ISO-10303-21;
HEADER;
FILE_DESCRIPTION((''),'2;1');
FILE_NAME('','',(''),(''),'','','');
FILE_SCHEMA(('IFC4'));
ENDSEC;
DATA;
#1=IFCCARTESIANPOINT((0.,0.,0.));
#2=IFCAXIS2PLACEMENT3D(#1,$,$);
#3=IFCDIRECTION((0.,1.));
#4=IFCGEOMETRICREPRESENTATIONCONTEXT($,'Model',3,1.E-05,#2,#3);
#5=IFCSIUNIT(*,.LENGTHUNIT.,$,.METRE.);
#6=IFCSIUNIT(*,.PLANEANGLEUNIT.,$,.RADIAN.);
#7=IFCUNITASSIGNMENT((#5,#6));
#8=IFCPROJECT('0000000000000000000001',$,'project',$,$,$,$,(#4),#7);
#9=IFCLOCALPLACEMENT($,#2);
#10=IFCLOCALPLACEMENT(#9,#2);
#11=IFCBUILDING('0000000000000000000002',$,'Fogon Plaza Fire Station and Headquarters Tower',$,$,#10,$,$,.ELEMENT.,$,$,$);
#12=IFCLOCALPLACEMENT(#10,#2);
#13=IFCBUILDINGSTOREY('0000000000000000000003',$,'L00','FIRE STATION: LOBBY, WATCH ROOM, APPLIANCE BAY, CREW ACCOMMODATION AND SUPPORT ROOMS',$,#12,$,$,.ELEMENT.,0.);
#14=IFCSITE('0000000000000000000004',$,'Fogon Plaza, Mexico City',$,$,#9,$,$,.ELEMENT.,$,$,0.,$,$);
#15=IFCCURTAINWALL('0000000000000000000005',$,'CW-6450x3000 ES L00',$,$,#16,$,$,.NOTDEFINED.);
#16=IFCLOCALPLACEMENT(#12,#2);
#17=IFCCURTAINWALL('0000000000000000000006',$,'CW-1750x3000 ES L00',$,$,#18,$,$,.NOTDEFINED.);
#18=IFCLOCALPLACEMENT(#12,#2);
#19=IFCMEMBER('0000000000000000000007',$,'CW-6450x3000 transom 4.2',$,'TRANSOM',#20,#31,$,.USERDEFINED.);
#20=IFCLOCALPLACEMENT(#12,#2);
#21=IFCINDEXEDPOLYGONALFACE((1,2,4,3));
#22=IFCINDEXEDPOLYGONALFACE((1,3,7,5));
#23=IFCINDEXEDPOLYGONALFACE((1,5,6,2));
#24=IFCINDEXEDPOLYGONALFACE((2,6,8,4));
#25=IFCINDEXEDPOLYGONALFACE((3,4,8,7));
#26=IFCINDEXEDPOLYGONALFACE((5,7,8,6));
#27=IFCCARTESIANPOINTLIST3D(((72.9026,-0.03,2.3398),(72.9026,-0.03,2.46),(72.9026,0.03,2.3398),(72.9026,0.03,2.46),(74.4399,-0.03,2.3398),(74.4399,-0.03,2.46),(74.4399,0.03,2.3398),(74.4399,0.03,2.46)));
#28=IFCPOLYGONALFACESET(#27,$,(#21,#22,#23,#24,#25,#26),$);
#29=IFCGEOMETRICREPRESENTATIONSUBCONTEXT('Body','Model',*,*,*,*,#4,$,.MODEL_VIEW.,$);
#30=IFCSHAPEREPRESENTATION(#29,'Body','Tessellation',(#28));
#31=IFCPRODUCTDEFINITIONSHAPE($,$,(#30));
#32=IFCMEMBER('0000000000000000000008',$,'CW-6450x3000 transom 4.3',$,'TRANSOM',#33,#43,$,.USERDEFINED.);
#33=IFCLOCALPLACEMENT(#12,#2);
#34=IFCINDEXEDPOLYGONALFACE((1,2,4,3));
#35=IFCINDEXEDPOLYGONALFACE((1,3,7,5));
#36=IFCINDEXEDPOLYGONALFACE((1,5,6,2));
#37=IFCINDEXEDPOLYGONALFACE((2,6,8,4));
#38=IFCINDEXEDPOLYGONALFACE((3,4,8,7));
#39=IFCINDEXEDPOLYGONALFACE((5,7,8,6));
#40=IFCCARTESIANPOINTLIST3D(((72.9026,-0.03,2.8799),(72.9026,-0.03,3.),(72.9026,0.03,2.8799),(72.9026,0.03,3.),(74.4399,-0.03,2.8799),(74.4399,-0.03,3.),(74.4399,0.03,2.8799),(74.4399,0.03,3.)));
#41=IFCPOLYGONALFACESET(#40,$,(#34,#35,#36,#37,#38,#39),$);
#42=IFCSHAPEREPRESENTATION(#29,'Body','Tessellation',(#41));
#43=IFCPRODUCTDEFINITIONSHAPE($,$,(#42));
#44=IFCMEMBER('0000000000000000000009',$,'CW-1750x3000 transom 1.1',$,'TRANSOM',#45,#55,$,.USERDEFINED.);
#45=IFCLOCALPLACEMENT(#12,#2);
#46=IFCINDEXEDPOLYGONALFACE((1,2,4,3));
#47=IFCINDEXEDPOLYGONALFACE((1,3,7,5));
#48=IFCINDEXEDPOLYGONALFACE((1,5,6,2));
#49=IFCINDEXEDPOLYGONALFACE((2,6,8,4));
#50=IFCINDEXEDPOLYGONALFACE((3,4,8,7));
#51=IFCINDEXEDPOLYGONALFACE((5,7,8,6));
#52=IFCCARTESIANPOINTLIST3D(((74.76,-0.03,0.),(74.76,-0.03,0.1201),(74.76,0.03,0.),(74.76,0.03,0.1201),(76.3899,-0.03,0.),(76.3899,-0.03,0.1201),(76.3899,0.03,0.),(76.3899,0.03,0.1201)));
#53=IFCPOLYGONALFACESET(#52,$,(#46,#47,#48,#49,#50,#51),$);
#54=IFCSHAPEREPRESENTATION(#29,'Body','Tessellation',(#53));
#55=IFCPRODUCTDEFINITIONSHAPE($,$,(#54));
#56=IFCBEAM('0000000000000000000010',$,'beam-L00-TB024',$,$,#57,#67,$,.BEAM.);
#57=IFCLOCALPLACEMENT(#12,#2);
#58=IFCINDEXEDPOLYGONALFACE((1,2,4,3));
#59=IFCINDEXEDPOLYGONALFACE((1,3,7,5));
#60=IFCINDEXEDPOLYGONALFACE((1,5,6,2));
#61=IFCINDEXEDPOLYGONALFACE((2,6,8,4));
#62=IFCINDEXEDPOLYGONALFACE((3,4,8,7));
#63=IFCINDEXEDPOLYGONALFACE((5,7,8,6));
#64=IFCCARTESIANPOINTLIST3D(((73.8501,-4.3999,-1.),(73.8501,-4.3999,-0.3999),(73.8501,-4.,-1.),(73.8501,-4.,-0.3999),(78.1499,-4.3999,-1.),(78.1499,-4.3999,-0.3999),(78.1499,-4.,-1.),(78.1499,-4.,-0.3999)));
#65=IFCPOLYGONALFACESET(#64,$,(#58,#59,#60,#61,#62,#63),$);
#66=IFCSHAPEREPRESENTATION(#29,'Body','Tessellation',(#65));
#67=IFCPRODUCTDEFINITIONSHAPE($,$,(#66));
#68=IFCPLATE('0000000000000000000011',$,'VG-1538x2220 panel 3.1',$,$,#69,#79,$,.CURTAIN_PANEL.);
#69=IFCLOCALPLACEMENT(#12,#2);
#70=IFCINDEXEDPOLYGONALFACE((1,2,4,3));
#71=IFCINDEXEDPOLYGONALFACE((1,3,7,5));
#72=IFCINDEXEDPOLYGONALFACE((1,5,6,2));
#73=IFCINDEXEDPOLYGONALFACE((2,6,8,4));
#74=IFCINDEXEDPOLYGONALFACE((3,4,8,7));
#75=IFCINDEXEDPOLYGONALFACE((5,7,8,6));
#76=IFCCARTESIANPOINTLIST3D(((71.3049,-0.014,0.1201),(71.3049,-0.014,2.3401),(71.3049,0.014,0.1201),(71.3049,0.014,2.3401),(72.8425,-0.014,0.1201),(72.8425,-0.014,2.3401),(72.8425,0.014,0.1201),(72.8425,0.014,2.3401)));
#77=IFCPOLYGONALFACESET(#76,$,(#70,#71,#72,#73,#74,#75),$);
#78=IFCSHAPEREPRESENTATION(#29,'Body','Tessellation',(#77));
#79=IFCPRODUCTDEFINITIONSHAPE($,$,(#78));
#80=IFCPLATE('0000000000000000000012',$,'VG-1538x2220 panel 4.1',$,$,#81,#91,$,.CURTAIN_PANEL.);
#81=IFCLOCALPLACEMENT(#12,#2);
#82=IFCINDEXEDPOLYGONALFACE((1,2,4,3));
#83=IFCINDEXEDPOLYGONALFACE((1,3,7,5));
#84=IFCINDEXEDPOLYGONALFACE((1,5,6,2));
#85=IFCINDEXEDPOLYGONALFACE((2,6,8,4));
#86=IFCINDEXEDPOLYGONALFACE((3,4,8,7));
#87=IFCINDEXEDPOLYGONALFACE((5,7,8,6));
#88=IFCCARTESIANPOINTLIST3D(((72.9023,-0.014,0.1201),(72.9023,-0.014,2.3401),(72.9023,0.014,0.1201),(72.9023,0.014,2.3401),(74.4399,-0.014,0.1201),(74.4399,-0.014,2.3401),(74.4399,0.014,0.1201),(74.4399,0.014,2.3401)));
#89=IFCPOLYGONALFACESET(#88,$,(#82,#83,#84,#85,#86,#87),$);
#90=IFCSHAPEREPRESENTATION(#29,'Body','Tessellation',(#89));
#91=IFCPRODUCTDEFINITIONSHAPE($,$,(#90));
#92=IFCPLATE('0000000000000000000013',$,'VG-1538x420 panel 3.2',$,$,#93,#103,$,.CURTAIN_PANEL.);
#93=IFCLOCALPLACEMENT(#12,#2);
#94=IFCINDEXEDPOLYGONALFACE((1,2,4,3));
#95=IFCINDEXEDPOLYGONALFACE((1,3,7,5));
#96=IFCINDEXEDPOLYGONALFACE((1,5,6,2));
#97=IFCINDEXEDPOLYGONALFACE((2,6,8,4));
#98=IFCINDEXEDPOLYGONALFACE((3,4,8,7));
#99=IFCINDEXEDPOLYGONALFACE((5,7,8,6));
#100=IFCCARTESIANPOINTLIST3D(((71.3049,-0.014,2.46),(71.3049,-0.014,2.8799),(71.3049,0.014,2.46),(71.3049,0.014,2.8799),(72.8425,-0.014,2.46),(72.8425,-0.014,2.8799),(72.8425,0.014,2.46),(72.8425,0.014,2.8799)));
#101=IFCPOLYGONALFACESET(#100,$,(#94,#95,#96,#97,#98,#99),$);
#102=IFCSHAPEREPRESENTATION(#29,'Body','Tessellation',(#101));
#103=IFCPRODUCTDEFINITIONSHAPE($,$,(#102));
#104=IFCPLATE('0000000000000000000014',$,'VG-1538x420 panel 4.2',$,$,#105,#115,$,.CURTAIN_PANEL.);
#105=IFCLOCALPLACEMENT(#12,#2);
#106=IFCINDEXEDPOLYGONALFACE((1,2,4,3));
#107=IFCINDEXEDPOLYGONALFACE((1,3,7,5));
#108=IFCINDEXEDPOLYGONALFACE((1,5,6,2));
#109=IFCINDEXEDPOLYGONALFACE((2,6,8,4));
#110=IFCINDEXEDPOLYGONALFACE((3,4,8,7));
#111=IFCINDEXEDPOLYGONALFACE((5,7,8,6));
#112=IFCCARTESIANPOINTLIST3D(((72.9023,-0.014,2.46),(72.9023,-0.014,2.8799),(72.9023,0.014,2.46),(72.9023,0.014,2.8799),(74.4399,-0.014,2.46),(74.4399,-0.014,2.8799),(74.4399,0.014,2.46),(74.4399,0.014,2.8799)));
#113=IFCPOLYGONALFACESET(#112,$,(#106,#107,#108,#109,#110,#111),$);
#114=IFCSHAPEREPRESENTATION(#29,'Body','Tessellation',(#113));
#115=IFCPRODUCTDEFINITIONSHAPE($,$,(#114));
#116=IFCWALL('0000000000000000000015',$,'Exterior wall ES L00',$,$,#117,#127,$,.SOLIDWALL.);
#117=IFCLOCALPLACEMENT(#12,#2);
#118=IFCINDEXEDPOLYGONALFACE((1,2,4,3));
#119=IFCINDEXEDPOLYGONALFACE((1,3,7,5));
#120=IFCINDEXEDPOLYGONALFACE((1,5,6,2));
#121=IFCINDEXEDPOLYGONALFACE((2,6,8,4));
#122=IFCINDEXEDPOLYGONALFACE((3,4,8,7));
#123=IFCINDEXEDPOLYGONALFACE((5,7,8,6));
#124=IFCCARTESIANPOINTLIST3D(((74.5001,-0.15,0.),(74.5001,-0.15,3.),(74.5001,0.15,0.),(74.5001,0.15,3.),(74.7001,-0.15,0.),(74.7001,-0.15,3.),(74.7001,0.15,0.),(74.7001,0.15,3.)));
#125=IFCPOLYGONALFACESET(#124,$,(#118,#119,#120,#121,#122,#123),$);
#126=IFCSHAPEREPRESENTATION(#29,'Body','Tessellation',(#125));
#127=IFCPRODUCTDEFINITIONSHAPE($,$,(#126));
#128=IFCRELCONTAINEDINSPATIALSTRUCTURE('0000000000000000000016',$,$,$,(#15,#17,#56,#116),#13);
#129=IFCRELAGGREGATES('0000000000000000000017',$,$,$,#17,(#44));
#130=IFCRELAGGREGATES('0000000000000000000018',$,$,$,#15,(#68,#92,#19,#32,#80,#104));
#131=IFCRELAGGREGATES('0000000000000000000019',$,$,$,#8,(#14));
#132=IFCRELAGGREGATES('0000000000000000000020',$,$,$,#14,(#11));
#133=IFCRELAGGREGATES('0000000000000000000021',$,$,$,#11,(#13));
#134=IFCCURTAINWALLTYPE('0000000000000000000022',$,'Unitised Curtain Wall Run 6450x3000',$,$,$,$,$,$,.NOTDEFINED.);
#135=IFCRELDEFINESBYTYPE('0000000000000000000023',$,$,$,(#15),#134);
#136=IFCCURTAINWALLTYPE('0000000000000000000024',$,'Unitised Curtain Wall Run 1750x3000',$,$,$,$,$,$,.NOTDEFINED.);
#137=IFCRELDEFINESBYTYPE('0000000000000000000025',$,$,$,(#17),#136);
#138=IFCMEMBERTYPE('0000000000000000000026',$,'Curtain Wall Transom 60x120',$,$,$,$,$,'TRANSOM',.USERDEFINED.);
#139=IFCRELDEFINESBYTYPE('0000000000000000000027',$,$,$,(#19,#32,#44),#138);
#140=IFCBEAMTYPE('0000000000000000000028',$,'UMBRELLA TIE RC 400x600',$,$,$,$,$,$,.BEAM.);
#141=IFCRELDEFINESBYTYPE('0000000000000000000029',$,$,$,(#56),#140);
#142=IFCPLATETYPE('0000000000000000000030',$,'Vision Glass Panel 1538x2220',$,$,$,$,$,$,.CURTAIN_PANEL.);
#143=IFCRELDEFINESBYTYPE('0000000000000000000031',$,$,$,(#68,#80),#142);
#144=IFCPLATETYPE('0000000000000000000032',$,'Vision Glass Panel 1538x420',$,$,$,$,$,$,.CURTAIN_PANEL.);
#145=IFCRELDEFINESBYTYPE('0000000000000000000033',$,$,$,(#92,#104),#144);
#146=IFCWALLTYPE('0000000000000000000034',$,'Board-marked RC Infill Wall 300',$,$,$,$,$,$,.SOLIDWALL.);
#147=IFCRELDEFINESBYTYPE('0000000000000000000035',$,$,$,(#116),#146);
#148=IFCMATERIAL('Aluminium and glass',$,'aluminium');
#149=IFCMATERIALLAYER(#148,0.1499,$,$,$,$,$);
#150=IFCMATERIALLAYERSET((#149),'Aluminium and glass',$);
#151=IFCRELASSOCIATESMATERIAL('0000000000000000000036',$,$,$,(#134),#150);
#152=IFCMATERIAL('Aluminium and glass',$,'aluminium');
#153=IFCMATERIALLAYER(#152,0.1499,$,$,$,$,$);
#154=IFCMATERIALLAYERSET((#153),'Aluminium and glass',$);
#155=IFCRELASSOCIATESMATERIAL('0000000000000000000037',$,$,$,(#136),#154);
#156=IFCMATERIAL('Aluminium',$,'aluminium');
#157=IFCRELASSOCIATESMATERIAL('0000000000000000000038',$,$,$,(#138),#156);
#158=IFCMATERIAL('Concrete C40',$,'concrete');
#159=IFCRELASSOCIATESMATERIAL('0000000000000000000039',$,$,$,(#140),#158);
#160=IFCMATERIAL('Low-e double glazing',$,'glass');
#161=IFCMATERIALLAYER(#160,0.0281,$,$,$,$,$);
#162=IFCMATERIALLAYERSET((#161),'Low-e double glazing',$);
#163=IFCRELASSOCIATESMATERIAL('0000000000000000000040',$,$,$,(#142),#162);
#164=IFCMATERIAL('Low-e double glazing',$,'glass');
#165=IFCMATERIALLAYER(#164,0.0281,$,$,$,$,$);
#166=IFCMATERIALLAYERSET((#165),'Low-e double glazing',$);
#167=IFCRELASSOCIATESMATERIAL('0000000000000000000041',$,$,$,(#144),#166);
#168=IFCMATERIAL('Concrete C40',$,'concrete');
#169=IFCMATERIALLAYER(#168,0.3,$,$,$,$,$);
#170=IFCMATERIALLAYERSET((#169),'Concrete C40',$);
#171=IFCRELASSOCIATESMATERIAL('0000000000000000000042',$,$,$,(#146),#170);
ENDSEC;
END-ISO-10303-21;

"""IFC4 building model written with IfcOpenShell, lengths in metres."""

from ifc_helpers import new_model, si_unit, direction, frame, frame_2d, origin, origin_2d, place, context, subcontext, project, spatial, rectangle, extrude, material, layer, layer_set, material_profile, profile_set, type_object, element, aggregate, save


model = new_model("IFC4")

# Units and contexts
model_context = context("Model", 3, precision=1e-05, world=origin(), true_north=direction((0.0, 1.0)))
body_context = subcontext(model_context, "Body", "Model", "MODEL_VIEW")
ifc_project = project(units=[si_unit("LENGTHUNIT", "METRE"), si_unit("PLANEANGLEUNIT", "RADIAN")], contexts=[model_context])

# Site, building, storey
site_placement = place(None, origin())
site = spatial("IfcSite", under=ifc_project, at=site_placement, Name="Fogon Plaza, Mexico City", CompositionType="ELEMENT", RefElevation=0.0)
building_placement = place(site_placement, origin())
building = spatial("IfcBuilding", under=site, at=building_placement, Name="Fogon Plaza Fire Station and Headquarters Tower", CompositionType="ELEMENT")
storey_placement = place(building_placement, origin())
storey = spatial("IfcBuildingStorey", under=building, at=storey_placement, Name="L00", Description="FIRE STATION: LOBBY, WATCH ROOM, APPLIANCE BAY, CREW ACCOMMODATION AND SUPPORT ROOMS", CompositionType="ELEMENT", Elevation=0.0)

# Curtain wall
ifc_material_1 = material(Name="Aluminium and glass", Category="aluminium")
ifc_layer_1 = layer(ifc_material_1, 0.1499)
ifc_layer_set_1 = layer_set([ifc_layer_1], Name="Aluminium and glass")
curtain_wall_type_1 = type_object("IfcCurtainWallType", Name="Unitised Curtain Wall Run 6450x3000", PredefinedType="NOTDEFINED", material=ifc_layer_set_1)
curtain_wall_1_placement = place(storey_placement, origin())
curtain_wall_1 = element("IfcCurtainWall", 1, at=curtain_wall_1_placement, inside=storey, type_object=curtain_wall_type_1, Name="CW-6450x3000 ES L00", PredefinedType="NOTDEFINED")

# Curtain wall
ifc_material_2 = material(Name="Aluminium and glass", Category="aluminium")
ifc_layer_2 = layer(ifc_material_2, 0.1499)
ifc_layer_set_2 = layer_set([ifc_layer_2], Name="Aluminium and glass")
curtain_wall_type_2 = type_object("IfcCurtainWallType", Name="Unitised Curtain Wall Run 1750x3000", PredefinedType="NOTDEFINED", material=ifc_layer_set_2)
curtain_wall_2_placement = place(storey_placement, origin())
curtain_wall_2 = element("IfcCurtainWall", 2, at=curtain_wall_2_placement, inside=storey, type_object=curtain_wall_type_2, Name="CW-1750x3000 ES L00", PredefinedType="NOTDEFINED")

# Members
ifc_material_3 = material(Name="Aluminium", Category="aluminium")
ifc_material_profile_1 = material_profile(ifc_material_3, rectangle(XDim=0.0601, YDim=0.1201, at=origin_2d()), Name="Curtain Wall Transom 60x120")
ifc_profile_set_1 = profile_set([ifc_material_profile_1], Name="Aluminium")
member_type_1 = type_object("IfcMemberType", Name="Curtain Wall Transom 60x120", ElementType="TRANSOM", PredefinedType="USERDEFINED", material=ifc_profile_set_1)
member_1_placement = place(storey_placement, frame((72.9026, 0.0, 2.3999), z_axis=(1.0, 0.0, 0.0), x_axis=(0.0, 1.0, 0.0)))
member_1 = element("IfcMember", 3, at=member_1_placement, type_object=member_type_1, Name="CW-6450x3000 transom 4.2", ObjectType="TRANSOM", PredefinedType="USERDEFINED", context=body_context, shape_type="SweptSolid", body=[
    extrude(rectangle(XDim=0.0601, YDim=0.1201, at=origin_2d()), origin(), (0.0, 0.0, 1.0), 1.5374),
])
member_2_placement = place(storey_placement, frame((72.9026, 0.0, 2.9399), z_axis=(1.0, 0.0, 0.0), x_axis=(0.0, 1.0, 0.0)))
member_2 = element("IfcMember", 4, at=member_2_placement, type_object=member_type_1, Name="CW-6450x3000 transom 4.3", ObjectType="TRANSOM", PredefinedType="USERDEFINED", context=body_context, shape_type="SweptSolid", body=[
    extrude(rectangle(XDim=0.0601, YDim=0.1201, at=origin_2d()), origin(), (0.0, 0.0, 1.0), 1.5374),
])
member_3_placement = place(storey_placement, frame((74.76, 0.0, 0.0601), z_axis=(1.0, 0.0, 0.0), x_axis=(0.0, 1.0, 0.0)))
member_3 = element("IfcMember", 5, at=member_3_placement, type_object=member_type_1, Name="CW-1750x3000 transom 1.1", ObjectType="TRANSOM", PredefinedType="USERDEFINED", context=body_context, shape_type="SweptSolid", body=[
    extrude(rectangle(XDim=0.0601, YDim=0.1201, at=origin_2d()), origin(), (0.0, 0.0, 1.0), 1.6299),
])
aggregate(curtain_wall_2, [member_3])

# Beam
ifc_material_4 = material(Name="Concrete C40", Category="concrete")
ifc_material_profile_2 = material_profile(ifc_material_4, rectangle(XDim=0.3999, YDim=0.6001, at=origin_2d()), Name="RC 400x600")
ifc_profile_set_2 = profile_set([ifc_material_profile_2], Name="Concrete C40")
beam_type_1 = type_object("IfcBeamType", Name="UMBRELLA TIE RC 400x600", PredefinedType="BEAM", material=ifc_profile_set_2)
beam_placement = place(storey_placement, frame((73.8501, -4.2, -0.7), z_axis=(1.0, 0.0, 0.0), x_axis=(0.0, 1.0, 0.0)))
element("IfcBeam", 6, at=beam_placement, inside=storey, type_object=beam_type_1, Name="beam-L00-TB024", PredefinedType="BEAM", context=body_context, shape_type="SweptSolid", body=[
    extrude(rectangle(XDim=0.3999, YDim=0.6001, at=origin_2d()), origin(), (0.0, 0.0, 1.0), 4.2998),
])

# Plates
ifc_material_5 = material(Name="Low-e double glazing", Category="glass")
ifc_layer_3 = layer(ifc_material_5, 0.0281)
ifc_layer_set_3 = layer_set([ifc_layer_3], Name="Low-e double glazing")
plate_type_1 = type_object("IfcPlateType", Name="Vision Glass Panel 1538x2220", PredefinedType="CURTAIN_PANEL", material=ifc_layer_set_3)
plate_1_placement = place(storey_placement, frame((72.0737, 0.0, 0.1201), z_axis=(0.0, 0.0, 1.0), x_axis=(1.0, 0.0, 0.0)))
plate_1 = element("IfcPlate", 7, at=plate_1_placement, type_object=plate_type_1, Name="VG-1538x2220 panel 3.1", PredefinedType="CURTAIN_PANEL", context=body_context, shape_type="SweptSolid", body=[
    extrude(rectangle(XDim=1.5376, YDim=0.0281, at=origin_2d()), origin(), (0.0, 0.0, 1.0), 2.22),
])
plate_2_placement = place(storey_placement, frame((73.6711, 0.0, 0.1201), z_axis=(0.0, 0.0, 1.0), x_axis=(1.0, 0.0, 0.0)))
plate_2 = element("IfcPlate", 8, at=plate_2_placement, type_object=plate_type_1, Name="VG-1538x2220 panel 4.1", PredefinedType="CURTAIN_PANEL", context=body_context, shape_type="SweptSolid", body=[
    extrude(rectangle(XDim=1.5376, YDim=0.0281, at=origin_2d()), origin(), (0.0, 0.0, 1.0), 2.22),
])
ifc_material_6 = material(Name="Low-e double glazing", Category="glass")
ifc_layer_4 = layer(ifc_material_6, 0.0281)
ifc_layer_set_4 = layer_set([ifc_layer_4], Name="Low-e double glazing")
plate_type_2 = type_object("IfcPlateType", Name="Vision Glass Panel 1538x420", PredefinedType="CURTAIN_PANEL", material=ifc_layer_set_4)
plate_3_placement = place(storey_placement, frame((72.0737, 0.0, 2.46), z_axis=(0.0, 0.0, 1.0), x_axis=(1.0, 0.0, 0.0)))
plate_3 = element("IfcPlate", 9, at=plate_3_placement, type_object=plate_type_2, Name="VG-1538x420 panel 3.2", PredefinedType="CURTAIN_PANEL", context=body_context, shape_type="SweptSolid", body=[
    extrude(rectangle(XDim=1.5376, YDim=0.0281, at=origin_2d()), origin(), (0.0, 0.0, 1.0), 0.4199),
])
plate_4_placement = place(storey_placement, frame((73.6711, 0.0, 2.46), z_axis=(0.0, 0.0, 1.0), x_axis=(1.0, 0.0, 0.0)))
plate_4 = element("IfcPlate", 10, at=plate_4_placement, type_object=plate_type_2, Name="VG-1538x420 panel 4.2", PredefinedType="CURTAIN_PANEL", context=body_context, shape_type="SweptSolid", body=[
    extrude(rectangle(XDim=1.5376, YDim=0.0281, at=origin_2d()), origin(), (0.0, 0.0, 1.0), 0.4199),
])
aggregate(curtain_wall_1, [plate_1, plate_3, member_1, member_2, plate_2, plate_4])

# Wall
ifc_material_7 = material(Name="Concrete C40", Category="concrete")
ifc_layer_5 = layer(ifc_material_7, 0.3)
ifc_layer_set_5 = layer_set([ifc_layer_5], Name="Concrete C40")
wall_type = type_object("IfcWallType", Name="Board-marked RC Infill Wall 300", PredefinedType="SOLIDWALL", material=ifc_layer_set_5)
wall_placement = place(storey_placement, frame((74.5, 0.0, 0.0), z_axis=(0.0, 0.0, 1.0), x_axis=(1.0, 0.0, 0.0)))
element("IfcWall", 11, at=wall_placement, inside=storey, type_object=wall_type, Name="Exterior wall ES L00", PredefinedType="SOLIDWALL", context=body_context, shape_type="SweptSolid", body=[
    extrude(rectangle(XDim=0.2, YDim=0.3, at=frame_2d((0.1001, 0.0))), origin(), (0.0, 0.0, 1.0), 3.0),
])

save(model, "model.ifc")
